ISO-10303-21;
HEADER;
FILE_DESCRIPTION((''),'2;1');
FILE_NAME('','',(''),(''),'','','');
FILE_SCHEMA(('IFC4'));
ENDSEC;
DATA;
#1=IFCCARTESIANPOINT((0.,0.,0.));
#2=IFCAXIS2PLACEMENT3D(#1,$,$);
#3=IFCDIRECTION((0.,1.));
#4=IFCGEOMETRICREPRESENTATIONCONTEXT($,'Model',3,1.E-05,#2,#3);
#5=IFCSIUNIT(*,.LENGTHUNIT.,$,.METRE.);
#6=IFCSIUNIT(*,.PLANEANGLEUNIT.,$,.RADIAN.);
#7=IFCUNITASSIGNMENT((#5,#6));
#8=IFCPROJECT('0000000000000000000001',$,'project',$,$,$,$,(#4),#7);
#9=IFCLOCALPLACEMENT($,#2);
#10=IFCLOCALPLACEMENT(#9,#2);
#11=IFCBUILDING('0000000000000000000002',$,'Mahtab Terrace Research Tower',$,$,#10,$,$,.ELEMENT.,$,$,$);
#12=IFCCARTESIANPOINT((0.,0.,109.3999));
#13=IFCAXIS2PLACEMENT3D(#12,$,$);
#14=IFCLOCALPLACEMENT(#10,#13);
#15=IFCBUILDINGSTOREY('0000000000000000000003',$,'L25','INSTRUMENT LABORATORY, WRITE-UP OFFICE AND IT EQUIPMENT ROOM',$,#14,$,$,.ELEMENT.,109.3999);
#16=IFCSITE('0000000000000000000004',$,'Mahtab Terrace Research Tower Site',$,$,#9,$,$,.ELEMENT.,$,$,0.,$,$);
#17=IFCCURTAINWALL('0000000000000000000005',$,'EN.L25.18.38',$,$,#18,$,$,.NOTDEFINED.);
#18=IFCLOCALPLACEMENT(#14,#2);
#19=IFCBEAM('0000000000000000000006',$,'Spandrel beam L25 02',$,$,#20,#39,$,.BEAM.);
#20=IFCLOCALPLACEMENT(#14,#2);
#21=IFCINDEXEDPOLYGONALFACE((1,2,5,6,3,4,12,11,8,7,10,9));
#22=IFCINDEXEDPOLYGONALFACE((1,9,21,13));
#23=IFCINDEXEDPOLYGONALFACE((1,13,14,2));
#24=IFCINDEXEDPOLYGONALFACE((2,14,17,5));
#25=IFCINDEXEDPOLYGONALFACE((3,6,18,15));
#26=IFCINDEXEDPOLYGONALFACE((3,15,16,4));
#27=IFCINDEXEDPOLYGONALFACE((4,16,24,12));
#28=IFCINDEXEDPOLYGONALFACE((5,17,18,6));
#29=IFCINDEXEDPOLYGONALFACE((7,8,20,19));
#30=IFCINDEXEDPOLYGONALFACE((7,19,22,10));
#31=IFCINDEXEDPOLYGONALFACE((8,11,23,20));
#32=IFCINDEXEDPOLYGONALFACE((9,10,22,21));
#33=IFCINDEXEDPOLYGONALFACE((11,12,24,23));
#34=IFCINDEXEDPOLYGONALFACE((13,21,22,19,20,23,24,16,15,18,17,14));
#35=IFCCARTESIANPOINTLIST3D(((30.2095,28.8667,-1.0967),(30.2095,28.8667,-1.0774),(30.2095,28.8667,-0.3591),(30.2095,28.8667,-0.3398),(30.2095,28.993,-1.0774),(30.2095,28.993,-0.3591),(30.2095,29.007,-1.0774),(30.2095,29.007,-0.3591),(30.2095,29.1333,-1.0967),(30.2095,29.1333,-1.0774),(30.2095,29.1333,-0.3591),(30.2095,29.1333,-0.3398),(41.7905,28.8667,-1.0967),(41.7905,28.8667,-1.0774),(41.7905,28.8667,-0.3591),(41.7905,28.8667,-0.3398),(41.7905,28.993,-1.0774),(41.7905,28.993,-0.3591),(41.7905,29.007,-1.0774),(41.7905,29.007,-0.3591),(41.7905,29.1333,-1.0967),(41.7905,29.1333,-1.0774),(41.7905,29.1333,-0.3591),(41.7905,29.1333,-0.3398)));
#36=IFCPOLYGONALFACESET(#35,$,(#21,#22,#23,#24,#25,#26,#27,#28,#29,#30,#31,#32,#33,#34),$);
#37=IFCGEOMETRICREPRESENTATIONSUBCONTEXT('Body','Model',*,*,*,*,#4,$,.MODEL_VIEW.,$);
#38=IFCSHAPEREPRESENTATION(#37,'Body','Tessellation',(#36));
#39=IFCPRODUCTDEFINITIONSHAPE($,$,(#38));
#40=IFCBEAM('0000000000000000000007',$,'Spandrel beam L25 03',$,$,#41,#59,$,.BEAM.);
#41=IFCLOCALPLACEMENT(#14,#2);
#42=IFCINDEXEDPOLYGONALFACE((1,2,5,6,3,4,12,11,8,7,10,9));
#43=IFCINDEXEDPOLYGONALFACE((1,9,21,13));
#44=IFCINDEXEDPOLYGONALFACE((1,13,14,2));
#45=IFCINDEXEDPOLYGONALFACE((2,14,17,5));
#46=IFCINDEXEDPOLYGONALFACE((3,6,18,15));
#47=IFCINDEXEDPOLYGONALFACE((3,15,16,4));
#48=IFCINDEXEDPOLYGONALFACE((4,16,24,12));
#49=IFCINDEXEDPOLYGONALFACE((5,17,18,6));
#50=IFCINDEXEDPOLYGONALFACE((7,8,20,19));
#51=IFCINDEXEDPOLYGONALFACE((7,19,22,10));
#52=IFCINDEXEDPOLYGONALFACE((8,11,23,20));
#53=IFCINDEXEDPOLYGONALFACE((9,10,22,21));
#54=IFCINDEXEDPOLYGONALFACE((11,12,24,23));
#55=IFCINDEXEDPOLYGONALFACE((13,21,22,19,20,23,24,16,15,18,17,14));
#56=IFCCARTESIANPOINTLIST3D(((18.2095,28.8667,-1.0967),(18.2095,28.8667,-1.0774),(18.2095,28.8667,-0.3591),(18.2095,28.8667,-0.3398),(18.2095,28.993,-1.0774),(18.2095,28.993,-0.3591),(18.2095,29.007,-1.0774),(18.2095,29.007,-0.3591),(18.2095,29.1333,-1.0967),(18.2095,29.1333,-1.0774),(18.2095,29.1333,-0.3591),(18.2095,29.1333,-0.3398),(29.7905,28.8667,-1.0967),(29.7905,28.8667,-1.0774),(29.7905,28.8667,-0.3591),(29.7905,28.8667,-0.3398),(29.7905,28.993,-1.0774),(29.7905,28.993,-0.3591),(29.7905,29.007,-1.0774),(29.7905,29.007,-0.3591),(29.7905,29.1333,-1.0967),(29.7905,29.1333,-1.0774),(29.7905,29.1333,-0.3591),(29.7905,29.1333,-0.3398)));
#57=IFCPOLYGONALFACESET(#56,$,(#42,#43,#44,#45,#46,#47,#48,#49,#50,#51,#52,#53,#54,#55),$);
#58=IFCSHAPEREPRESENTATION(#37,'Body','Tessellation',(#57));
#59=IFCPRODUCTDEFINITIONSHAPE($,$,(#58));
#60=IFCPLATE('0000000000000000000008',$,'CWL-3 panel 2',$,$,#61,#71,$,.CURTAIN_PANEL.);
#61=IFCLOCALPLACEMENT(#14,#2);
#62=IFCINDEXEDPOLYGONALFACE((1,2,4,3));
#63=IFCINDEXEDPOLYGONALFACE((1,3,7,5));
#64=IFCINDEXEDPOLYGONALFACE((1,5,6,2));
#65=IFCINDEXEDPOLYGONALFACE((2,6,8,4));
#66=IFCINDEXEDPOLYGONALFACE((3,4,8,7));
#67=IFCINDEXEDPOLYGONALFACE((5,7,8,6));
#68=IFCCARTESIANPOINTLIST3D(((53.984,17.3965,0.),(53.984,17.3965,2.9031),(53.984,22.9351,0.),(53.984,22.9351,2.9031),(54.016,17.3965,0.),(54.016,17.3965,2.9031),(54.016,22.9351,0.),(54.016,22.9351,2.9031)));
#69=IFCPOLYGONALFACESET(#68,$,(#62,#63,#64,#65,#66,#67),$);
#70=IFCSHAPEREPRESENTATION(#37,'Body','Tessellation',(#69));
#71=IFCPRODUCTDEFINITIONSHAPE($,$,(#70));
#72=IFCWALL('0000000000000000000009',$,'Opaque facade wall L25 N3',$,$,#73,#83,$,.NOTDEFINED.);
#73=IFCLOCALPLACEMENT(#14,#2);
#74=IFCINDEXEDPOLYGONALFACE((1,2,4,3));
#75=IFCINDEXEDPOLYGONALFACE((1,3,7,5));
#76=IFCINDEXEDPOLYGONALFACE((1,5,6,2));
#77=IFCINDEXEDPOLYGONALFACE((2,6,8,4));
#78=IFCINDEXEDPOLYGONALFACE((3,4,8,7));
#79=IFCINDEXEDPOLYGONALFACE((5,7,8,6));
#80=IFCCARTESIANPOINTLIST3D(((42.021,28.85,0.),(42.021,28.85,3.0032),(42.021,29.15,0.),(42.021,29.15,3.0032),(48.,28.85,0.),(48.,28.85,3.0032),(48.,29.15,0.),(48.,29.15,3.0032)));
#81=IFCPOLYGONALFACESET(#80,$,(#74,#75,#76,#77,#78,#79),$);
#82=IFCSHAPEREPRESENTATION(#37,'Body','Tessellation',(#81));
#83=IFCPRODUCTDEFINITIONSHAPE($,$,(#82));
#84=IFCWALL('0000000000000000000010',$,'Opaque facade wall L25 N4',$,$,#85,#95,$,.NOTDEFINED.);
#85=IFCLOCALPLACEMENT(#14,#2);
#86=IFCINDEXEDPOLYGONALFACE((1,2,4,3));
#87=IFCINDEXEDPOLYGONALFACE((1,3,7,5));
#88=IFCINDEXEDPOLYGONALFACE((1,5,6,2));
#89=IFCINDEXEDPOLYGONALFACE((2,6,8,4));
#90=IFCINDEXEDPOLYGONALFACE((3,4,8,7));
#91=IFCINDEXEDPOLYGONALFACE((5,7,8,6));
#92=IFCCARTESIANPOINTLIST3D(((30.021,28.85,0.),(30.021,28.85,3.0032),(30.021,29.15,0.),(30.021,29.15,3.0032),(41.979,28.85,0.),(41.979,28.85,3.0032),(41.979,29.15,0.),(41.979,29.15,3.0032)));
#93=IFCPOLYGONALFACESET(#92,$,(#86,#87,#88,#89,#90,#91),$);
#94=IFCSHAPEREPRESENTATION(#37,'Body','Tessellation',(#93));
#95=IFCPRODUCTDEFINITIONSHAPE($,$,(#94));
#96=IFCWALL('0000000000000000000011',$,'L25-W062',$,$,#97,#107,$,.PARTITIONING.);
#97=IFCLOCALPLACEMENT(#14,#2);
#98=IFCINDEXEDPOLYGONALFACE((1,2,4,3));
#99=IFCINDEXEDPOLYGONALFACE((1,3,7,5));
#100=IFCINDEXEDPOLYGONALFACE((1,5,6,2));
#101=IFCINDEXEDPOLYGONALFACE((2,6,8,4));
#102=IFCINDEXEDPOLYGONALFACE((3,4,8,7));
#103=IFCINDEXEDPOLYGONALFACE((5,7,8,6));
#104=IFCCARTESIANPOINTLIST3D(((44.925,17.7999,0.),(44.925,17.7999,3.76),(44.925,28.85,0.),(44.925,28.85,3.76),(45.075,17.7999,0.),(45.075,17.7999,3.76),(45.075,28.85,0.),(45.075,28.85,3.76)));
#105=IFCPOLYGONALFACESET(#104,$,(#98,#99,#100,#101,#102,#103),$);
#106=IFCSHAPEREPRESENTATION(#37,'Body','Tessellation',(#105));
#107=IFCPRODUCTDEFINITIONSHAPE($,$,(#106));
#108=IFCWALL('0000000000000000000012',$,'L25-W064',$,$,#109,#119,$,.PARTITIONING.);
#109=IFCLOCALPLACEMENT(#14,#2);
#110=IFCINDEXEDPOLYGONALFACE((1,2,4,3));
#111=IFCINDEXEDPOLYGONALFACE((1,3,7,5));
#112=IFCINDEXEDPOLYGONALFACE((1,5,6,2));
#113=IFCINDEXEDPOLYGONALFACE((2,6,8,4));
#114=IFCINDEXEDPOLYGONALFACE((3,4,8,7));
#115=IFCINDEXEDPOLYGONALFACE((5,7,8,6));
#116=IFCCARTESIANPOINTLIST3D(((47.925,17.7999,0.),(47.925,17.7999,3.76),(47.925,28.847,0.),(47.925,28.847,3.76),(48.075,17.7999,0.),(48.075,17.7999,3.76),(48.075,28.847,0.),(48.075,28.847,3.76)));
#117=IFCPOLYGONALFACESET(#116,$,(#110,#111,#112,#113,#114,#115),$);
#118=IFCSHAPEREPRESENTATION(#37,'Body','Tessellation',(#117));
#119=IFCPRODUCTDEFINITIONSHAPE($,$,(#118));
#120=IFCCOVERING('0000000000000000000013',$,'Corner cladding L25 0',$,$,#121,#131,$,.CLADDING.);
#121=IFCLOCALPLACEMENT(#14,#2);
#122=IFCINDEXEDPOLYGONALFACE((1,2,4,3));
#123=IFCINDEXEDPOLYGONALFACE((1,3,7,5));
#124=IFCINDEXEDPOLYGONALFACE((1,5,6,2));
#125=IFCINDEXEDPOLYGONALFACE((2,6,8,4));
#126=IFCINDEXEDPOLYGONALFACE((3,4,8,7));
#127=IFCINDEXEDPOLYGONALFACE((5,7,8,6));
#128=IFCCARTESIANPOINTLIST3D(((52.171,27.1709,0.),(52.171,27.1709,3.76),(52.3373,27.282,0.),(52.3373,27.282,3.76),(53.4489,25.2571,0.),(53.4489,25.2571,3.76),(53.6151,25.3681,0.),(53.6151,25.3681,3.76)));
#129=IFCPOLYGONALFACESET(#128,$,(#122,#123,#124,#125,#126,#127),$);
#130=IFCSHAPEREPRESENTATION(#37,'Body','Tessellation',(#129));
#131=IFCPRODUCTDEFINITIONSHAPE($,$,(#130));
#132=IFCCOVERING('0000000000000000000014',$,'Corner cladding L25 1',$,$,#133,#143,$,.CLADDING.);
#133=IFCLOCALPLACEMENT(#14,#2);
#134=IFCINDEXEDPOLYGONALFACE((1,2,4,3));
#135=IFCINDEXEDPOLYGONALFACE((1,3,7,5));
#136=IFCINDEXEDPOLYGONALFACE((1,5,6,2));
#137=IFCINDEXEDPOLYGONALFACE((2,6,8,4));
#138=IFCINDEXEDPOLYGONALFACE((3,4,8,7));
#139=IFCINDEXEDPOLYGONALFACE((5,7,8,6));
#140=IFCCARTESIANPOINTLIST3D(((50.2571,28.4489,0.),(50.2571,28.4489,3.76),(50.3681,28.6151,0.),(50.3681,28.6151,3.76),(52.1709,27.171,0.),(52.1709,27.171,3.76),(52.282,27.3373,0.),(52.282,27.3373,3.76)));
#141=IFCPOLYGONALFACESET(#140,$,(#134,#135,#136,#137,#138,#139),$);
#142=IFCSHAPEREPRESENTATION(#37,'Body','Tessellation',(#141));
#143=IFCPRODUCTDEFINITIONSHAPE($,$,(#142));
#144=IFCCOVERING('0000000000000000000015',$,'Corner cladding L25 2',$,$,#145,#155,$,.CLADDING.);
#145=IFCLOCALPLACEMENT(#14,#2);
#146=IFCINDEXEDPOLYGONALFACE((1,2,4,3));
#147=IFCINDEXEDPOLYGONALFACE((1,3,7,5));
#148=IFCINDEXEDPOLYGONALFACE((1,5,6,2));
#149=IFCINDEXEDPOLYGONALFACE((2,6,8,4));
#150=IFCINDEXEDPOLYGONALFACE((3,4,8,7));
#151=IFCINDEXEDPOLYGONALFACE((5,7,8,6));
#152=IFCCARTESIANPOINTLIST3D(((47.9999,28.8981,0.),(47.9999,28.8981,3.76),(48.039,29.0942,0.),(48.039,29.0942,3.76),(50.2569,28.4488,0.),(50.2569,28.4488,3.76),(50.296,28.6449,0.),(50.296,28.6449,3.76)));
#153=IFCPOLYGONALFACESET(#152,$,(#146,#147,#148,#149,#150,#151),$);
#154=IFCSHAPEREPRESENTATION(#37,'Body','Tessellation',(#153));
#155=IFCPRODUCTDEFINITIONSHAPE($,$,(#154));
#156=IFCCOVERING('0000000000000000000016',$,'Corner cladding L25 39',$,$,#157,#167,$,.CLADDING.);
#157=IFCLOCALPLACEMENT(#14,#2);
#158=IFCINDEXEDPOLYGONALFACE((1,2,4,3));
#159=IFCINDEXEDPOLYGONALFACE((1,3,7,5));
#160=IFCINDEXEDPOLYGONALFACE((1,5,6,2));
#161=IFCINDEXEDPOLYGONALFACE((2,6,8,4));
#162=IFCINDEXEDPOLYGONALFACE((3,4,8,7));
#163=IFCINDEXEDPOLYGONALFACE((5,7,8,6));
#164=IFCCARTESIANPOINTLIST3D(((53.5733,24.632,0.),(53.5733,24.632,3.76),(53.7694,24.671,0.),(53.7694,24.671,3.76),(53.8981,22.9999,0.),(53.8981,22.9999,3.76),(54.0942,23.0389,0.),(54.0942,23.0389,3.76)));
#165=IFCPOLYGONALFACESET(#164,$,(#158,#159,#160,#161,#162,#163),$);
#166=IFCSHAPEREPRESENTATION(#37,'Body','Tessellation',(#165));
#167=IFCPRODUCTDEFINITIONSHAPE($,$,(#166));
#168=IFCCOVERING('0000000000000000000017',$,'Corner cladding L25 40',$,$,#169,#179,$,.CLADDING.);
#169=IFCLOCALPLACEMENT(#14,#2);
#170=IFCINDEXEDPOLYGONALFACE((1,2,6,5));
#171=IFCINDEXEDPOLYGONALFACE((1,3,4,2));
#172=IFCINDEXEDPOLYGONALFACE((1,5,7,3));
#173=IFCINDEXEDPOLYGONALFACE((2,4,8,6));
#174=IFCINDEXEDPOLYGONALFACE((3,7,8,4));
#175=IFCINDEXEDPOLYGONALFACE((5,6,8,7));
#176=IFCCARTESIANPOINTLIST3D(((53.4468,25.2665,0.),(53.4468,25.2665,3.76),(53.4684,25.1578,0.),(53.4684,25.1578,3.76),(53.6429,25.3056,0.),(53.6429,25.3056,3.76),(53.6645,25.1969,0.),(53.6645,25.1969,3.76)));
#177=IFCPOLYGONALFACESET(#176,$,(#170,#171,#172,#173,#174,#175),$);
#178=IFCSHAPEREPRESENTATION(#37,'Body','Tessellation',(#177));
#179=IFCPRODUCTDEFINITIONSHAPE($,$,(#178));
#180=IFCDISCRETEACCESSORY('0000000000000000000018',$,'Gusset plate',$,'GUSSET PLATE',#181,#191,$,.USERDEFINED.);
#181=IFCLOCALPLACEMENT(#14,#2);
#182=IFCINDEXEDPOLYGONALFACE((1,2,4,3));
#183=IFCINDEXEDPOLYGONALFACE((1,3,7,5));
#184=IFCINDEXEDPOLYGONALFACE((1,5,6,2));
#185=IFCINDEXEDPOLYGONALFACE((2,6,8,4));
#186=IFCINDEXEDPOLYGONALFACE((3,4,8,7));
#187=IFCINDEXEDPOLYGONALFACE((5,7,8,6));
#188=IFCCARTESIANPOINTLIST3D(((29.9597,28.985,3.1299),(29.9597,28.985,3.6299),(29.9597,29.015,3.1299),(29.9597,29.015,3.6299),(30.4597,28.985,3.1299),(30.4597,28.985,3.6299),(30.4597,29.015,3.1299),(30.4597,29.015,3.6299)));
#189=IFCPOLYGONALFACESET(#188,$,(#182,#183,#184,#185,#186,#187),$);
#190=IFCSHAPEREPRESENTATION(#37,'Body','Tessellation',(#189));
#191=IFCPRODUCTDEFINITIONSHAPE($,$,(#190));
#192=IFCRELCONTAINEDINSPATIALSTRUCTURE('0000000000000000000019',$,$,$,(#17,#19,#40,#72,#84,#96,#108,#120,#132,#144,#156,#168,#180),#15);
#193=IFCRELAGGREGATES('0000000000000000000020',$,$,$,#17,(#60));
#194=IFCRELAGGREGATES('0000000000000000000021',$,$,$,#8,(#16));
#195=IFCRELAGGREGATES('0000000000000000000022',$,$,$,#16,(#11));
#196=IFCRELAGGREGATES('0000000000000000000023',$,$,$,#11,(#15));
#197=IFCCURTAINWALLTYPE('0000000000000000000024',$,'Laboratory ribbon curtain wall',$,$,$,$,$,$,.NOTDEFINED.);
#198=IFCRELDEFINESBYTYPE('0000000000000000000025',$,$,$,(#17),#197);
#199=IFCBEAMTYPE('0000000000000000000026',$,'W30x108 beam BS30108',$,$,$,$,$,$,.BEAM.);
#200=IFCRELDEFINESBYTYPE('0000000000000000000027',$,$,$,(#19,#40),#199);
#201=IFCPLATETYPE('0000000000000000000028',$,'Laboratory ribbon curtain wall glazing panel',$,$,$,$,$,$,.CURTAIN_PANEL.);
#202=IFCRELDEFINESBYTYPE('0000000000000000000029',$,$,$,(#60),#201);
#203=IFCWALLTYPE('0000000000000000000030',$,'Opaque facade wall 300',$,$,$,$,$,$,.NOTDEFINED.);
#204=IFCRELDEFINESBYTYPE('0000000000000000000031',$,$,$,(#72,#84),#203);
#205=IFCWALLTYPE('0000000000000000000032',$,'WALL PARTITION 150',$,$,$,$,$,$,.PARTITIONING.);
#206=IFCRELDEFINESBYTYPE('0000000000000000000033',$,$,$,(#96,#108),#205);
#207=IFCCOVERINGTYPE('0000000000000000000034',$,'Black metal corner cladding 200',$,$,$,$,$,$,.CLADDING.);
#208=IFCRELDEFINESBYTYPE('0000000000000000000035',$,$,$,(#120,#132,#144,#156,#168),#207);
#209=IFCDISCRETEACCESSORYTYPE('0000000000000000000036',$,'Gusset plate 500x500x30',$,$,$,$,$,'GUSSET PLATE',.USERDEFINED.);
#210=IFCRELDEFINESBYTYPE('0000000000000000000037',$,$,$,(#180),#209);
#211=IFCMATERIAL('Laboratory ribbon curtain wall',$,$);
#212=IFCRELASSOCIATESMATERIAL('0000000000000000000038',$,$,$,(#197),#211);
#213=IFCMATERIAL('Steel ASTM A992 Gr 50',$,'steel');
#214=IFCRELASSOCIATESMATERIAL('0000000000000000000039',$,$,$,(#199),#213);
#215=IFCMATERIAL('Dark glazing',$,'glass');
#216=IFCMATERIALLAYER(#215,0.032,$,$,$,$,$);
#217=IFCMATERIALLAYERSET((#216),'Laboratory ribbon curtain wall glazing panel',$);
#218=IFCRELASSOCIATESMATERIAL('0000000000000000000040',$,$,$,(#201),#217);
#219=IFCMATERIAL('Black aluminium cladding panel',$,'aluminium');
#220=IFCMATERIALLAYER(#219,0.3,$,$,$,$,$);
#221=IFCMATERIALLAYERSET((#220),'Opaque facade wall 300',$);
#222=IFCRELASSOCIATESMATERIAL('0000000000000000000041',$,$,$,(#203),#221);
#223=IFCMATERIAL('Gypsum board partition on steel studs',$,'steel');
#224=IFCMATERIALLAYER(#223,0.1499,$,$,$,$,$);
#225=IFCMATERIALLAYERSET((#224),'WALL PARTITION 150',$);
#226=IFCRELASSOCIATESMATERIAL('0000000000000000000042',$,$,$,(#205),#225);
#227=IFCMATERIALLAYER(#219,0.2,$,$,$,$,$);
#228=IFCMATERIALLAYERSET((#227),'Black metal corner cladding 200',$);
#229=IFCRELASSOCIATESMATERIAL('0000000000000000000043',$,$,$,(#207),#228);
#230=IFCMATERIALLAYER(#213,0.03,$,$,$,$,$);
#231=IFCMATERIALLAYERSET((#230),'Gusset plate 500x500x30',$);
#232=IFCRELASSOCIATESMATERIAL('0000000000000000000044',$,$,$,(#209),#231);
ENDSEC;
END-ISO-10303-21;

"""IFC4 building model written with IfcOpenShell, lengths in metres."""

from ifc_helpers import new_model, si_unit, direction, frame, frame_2d, origin, origin_2d, place, context, subcontext, project, spatial, rectangle, i_section, extrude, material, layer, layer_set, material_profile, profile_set, type_object, element, aggregate, save


model = new_model("IFC4")

# Units and contexts
model_context = context("Model", 3, precision=1e-05, world=origin(), true_north=direction((0.0, 1.0)))
body_context = subcontext(model_context, "Body", "Model", "MODEL_VIEW")
ifc_project = project(units=[si_unit("LENGTHUNIT", "METRE"), si_unit("PLANEANGLEUNIT", "RADIAN")], contexts=[model_context])

# Site, building, storey
site_placement = place(None, origin())
site = spatial("IfcSite", under=ifc_project, at=site_placement, Name="Mahtab Terrace Research Tower Site", CompositionType="ELEMENT", RefElevation=0.0)
building_placement = place(site_placement, origin())
building = spatial("IfcBuilding", under=site, at=building_placement, Name="Mahtab Terrace Research Tower", CompositionType="ELEMENT")
storey_placement = place(building_placement, frame((0.0, 0.0, 109.3999)))
storey = spatial("IfcBuildingStorey", under=building, at=storey_placement, Name="L25", Description="INSTRUMENT LABORATORY, WRITE-UP OFFICE AND IT EQUIPMENT ROOM", CompositionType="ELEMENT", Elevation=109.3999)

# Shared definitions
ifc_material_1 = material(Name="Steel ASTM A992 Gr 50", Category="steel")

# Curtain wall
ifc_material_2 = material(Name="Laboratory ribbon curtain wall")
curtain_wall_type = type_object("IfcCurtainWallType", Name="Laboratory ribbon curtain wall", PredefinedType="NOTDEFINED", material=ifc_material_2)
curtain_wall_1_placement = place(storey_placement, origin())
curtain_wall_1 = element("IfcCurtainWall", 1, at=curtain_wall_1_placement, inside=storey, type_object=curtain_wall_type, Name="EN.L25.18.38", PredefinedType="NOTDEFINED")

# Beams
ifc_material_profile_1 = material_profile(ifc_material_1, i_section(OverallWidth=0.2666, OverallDepth=0.7568, WebThickness=0.0139, FlangeThickness=0.0193, at=origin_2d()), Name="W30X108")
ifc_profile_set_1 = profile_set([ifc_material_profile_1], Name="Steel ASTM A992 Gr 50")
beam_type = type_object("IfcBeamType", Name="W30x108 beam BS30108", PredefinedType="BEAM", material=ifc_profile_set_1)
for number, where, z_axis, x_axis, name in (
    (2, (41.7905, 29.0, -0.7183), (-1.0, 0.0, 0.0), (0.0, -1.0, 0.0), "Spandrel beam L25 02"),
    (3, (29.7905, 29.0, -0.7183), (-1.0, 0.0, 0.0), (0.0, -1.0, 0.0), "Spandrel beam L25 03"),
):
    element("IfcBeam", number, at=place(storey_placement, frame(where, z_axis=z_axis, x_axis=x_axis)), inside=storey, type_object=beam_type, Name=name, PredefinedType="BEAM", context=body_context, shape_type="SweptSolid", body=[
        extrude(i_section(OverallWidth=0.2666, OverallDepth=0.7568, WebThickness=0.0139, FlangeThickness=0.0193, at=origin_2d()), origin(), (0.0, 0.0, 1.0), 11.5811),
    ])

# Plate
ifc_material_3 = material(Name="Dark glazing", Category="glass")
ifc_layer_1 = layer(ifc_material_3, 0.032)
ifc_layer_set_1 = layer_set([ifc_layer_1], Name="Laboratory ribbon curtain wall glazing panel")
plate_type = type_object("IfcPlateType", Name="Laboratory ribbon curtain wall glazing panel", PredefinedType="CURTAIN_PANEL", material=ifc_layer_set_1)
plate_placement = place(storey_placement, frame((54.0, 20.1658, 0.0), z_axis=(0.0, 0.0, 1.0), x_axis=(0.0, 1.0, 0.0)))
plate = element("IfcPlate", 4, at=plate_placement, type_object=plate_type, Name="CWL-3 panel 2", PredefinedType="CURTAIN_PANEL", context=body_context, shape_type="SweptSolid", body=[
    extrude(rectangle(XDim=5.5386, YDim=0.032, at=origin_2d()), origin(), (0.0, 0.0, 1.0), 2.9031),
])
aggregate(curtain_wall_1, [plate])

# Walls
ifc_material_4 = material(Name="Black aluminium cladding panel", Category="aluminium")
ifc_layer_2 = layer(ifc_material_4, 0.3)
ifc_layer_set_2 = layer_set([ifc_layer_2], Name="Opaque facade wall 300")
wall_type_1 = type_object("IfcWallType", Name="Opaque facade wall 300", PredefinedType="NOTDEFINED", material=ifc_layer_set_2)
wall_1_placement = place(storey_placement, frame((48.0, 29.0, 0.0), z_axis=(0.0, 0.0, 1.0), x_axis=(-1.0, 0.0, 0.0)))
element("IfcWall", 5, at=wall_1_placement, inside=storey, type_object=wall_type_1, Name="Opaque facade wall L25 N3", PredefinedType="NOTDEFINED", context=body_context, shape_type="SweptSolid", body=[
    extrude(rectangle(XDim=5.979, YDim=0.3, at=frame_2d((2.9895, 0.0))), origin(), (0.0, 0.0, 1.0), 3.0032),
])
wall_2_placement = place(storey_placement, frame((41.979, 29.0, 0.0), z_axis=(0.0, 0.0, 1.0), x_axis=(-1.0, 0.0, 0.0)))
element("IfcWall", 6, at=wall_2_placement, inside=storey, type_object=wall_type_1, Name="Opaque facade wall L25 N4", PredefinedType="NOTDEFINED", context=body_context, shape_type="SweptSolid", body=[
    extrude(rectangle(XDim=11.958, YDim=0.3, at=frame_2d((5.979, 0.0))), origin(), (0.0, 0.0, 1.0), 3.0032),
])
ifc_material_5 = material(Name="Gypsum board partition on steel studs", Category="steel")
ifc_layer_3 = layer(ifc_material_5, 0.1499)
ifc_layer_set_3 = layer_set([ifc_layer_3], Name="WALL PARTITION 150")
wall_type_2 = type_object("IfcWallType", Name="WALL PARTITION 150", PredefinedType="PARTITIONING", material=ifc_layer_set_3)
wall_3_placement = place(storey_placement, frame((45.0, 17.8, 0.0), z_axis=(0.0, 0.0, 1.0), x_axis=(0.0, 1.0, 0.0)))
element("IfcWall", 7, at=wall_3_placement, inside=storey, type_object=wall_type_2, Name="L25-W062", PredefinedType="PARTITIONING", context=body_context, shape_type="SweptSolid", body=[
    extrude(rectangle(XDim=11.05, YDim=0.1499, at=frame_2d((5.5249, 0.0))), origin(), (0.0, 0.0, 1.0), 3.76),
])
wall_4_placement = place(storey_placement, frame((48.0, 17.8, 0.0), z_axis=(0.0, 0.0, 1.0), x_axis=(0.0, 1.0, 0.0)))
element("IfcWall", 8, at=wall_4_placement, inside=storey, type_object=wall_type_2, Name="L25-W064", PredefinedType="PARTITIONING", context=body_context, shape_type="SweptSolid", body=[
    extrude(rectangle(XDim=11.0471, YDim=0.1499, at=frame_2d((5.5234, 0.0))), origin(), (0.0, 0.0, 1.0), 3.76),
])

# Coverings
ifc_layer_4 = layer(ifc_material_4, 0.2)
ifc_layer_set_4 = layer_set([ifc_layer_4], Name="Black metal corner cladding 200")
covering_type = type_object("IfcCoveringType", Name="Black metal corner cladding 200", PredefinedType="CLADDING", material=ifc_layer_set_4)
for number, where, z_axis, x_axis, name in (
    (9, (52.8931, 26.2695, 0.0), (0.0, 0.0, 1.0), (-0.555291, 0.831656, 0.0), "Corner cladding L25 0"),
    (10, (51.2695, 27.8931, 0.0), (0.0, 0.0, 1.0), (-0.831656, 0.555291, 0.0), "Corner cladding L25 1"),
    (11, (49.1479, 28.7715, 0.0), (0.0, 0.0, 1.0), (-0.980761, 0.195212, 0.0), "Corner cladding L25 2"),
):
    element("IfcCovering", number, at=place(storey_placement, frame(where, z_axis=z_axis, x_axis=x_axis)), inside=storey, type_object=covering_type, Name=name, PredefinedType="CLADDING", context=body_context, shape_type="SweptSolid", body=[
        extrude(rectangle(XDim=2.3013, YDim=0.2, at=origin_2d()), origin(), (0.0, 0.0, 1.0), 3.76),
    ])
covering_1_placement = place(storey_placement, frame((53.8337, 23.8354, 0.0), z_axis=(0.0, 0.0, 1.0), x_axis=(-0.195212, 0.980761, 0.0)))
element("IfcCovering", 12, at=covering_1_placement, inside=storey, type_object=covering_type, Name="Corner cladding L25 39", PredefinedType="CLADDING", context=body_context, shape_type="SweptSolid", body=[
    extrude(rectangle(XDim=1.6641, YDim=0.2, at=origin_2d()), origin(), (0.0, 0.0, 1.0), 3.76),
])
covering_2_placement = place(storey_placement, frame((53.5557, 25.2317, 0.0), z_axis=(0.0, 0.0, 1.0), x_axis=(-0.195212, 0.980761, 0.0)))
element("IfcCovering", 13, at=covering_2_placement, inside=storey, type_object=covering_type, Name="Corner cladding L25 40", PredefinedType="CLADDING", context=body_context, shape_type="SweptSolid", body=[
    extrude(rectangle(XDim=0.1108, YDim=0.2, at=origin_2d()), origin(), (0.0, 0.0, 1.0), 3.76),
])

# Discrete accessory
ifc_layer_5 = layer(ifc_material_1, 0.03)
ifc_layer_set_5 = layer_set([ifc_layer_5], Name="Gusset plate 500x500x30")
discrete_accessory_type = type_object("IfcDiscreteAccessoryType", Name="Gusset plate 500x500x30", ElementType="GUSSET PLATE", PredefinedType="USERDEFINED", material=ifc_layer_set_5)
for number, where, z_axis, x_axis, name in (
    (14, (30.2097, 29.0, 3.1299), (0.0, 0.0, 1.0), (1.0, 0.0, 0.0), "Gusset plate"),
):
    element("IfcDiscreteAccessory", number, at=place(storey_placement, frame(where, z_axis=z_axis, x_axis=x_axis)), inside=storey, type_object=discrete_accessory_type, Name=name, ObjectType="GUSSET PLATE", PredefinedType="USERDEFINED", context=body_context, shape_type="SweptSolid", body=[
        extrude(rectangle(XDim=0.5, YDim=0.03, at=origin_2d()), origin(), (0.0, 0.0, 1.0), 0.5),
    ])

save(model, "model.ifc")
